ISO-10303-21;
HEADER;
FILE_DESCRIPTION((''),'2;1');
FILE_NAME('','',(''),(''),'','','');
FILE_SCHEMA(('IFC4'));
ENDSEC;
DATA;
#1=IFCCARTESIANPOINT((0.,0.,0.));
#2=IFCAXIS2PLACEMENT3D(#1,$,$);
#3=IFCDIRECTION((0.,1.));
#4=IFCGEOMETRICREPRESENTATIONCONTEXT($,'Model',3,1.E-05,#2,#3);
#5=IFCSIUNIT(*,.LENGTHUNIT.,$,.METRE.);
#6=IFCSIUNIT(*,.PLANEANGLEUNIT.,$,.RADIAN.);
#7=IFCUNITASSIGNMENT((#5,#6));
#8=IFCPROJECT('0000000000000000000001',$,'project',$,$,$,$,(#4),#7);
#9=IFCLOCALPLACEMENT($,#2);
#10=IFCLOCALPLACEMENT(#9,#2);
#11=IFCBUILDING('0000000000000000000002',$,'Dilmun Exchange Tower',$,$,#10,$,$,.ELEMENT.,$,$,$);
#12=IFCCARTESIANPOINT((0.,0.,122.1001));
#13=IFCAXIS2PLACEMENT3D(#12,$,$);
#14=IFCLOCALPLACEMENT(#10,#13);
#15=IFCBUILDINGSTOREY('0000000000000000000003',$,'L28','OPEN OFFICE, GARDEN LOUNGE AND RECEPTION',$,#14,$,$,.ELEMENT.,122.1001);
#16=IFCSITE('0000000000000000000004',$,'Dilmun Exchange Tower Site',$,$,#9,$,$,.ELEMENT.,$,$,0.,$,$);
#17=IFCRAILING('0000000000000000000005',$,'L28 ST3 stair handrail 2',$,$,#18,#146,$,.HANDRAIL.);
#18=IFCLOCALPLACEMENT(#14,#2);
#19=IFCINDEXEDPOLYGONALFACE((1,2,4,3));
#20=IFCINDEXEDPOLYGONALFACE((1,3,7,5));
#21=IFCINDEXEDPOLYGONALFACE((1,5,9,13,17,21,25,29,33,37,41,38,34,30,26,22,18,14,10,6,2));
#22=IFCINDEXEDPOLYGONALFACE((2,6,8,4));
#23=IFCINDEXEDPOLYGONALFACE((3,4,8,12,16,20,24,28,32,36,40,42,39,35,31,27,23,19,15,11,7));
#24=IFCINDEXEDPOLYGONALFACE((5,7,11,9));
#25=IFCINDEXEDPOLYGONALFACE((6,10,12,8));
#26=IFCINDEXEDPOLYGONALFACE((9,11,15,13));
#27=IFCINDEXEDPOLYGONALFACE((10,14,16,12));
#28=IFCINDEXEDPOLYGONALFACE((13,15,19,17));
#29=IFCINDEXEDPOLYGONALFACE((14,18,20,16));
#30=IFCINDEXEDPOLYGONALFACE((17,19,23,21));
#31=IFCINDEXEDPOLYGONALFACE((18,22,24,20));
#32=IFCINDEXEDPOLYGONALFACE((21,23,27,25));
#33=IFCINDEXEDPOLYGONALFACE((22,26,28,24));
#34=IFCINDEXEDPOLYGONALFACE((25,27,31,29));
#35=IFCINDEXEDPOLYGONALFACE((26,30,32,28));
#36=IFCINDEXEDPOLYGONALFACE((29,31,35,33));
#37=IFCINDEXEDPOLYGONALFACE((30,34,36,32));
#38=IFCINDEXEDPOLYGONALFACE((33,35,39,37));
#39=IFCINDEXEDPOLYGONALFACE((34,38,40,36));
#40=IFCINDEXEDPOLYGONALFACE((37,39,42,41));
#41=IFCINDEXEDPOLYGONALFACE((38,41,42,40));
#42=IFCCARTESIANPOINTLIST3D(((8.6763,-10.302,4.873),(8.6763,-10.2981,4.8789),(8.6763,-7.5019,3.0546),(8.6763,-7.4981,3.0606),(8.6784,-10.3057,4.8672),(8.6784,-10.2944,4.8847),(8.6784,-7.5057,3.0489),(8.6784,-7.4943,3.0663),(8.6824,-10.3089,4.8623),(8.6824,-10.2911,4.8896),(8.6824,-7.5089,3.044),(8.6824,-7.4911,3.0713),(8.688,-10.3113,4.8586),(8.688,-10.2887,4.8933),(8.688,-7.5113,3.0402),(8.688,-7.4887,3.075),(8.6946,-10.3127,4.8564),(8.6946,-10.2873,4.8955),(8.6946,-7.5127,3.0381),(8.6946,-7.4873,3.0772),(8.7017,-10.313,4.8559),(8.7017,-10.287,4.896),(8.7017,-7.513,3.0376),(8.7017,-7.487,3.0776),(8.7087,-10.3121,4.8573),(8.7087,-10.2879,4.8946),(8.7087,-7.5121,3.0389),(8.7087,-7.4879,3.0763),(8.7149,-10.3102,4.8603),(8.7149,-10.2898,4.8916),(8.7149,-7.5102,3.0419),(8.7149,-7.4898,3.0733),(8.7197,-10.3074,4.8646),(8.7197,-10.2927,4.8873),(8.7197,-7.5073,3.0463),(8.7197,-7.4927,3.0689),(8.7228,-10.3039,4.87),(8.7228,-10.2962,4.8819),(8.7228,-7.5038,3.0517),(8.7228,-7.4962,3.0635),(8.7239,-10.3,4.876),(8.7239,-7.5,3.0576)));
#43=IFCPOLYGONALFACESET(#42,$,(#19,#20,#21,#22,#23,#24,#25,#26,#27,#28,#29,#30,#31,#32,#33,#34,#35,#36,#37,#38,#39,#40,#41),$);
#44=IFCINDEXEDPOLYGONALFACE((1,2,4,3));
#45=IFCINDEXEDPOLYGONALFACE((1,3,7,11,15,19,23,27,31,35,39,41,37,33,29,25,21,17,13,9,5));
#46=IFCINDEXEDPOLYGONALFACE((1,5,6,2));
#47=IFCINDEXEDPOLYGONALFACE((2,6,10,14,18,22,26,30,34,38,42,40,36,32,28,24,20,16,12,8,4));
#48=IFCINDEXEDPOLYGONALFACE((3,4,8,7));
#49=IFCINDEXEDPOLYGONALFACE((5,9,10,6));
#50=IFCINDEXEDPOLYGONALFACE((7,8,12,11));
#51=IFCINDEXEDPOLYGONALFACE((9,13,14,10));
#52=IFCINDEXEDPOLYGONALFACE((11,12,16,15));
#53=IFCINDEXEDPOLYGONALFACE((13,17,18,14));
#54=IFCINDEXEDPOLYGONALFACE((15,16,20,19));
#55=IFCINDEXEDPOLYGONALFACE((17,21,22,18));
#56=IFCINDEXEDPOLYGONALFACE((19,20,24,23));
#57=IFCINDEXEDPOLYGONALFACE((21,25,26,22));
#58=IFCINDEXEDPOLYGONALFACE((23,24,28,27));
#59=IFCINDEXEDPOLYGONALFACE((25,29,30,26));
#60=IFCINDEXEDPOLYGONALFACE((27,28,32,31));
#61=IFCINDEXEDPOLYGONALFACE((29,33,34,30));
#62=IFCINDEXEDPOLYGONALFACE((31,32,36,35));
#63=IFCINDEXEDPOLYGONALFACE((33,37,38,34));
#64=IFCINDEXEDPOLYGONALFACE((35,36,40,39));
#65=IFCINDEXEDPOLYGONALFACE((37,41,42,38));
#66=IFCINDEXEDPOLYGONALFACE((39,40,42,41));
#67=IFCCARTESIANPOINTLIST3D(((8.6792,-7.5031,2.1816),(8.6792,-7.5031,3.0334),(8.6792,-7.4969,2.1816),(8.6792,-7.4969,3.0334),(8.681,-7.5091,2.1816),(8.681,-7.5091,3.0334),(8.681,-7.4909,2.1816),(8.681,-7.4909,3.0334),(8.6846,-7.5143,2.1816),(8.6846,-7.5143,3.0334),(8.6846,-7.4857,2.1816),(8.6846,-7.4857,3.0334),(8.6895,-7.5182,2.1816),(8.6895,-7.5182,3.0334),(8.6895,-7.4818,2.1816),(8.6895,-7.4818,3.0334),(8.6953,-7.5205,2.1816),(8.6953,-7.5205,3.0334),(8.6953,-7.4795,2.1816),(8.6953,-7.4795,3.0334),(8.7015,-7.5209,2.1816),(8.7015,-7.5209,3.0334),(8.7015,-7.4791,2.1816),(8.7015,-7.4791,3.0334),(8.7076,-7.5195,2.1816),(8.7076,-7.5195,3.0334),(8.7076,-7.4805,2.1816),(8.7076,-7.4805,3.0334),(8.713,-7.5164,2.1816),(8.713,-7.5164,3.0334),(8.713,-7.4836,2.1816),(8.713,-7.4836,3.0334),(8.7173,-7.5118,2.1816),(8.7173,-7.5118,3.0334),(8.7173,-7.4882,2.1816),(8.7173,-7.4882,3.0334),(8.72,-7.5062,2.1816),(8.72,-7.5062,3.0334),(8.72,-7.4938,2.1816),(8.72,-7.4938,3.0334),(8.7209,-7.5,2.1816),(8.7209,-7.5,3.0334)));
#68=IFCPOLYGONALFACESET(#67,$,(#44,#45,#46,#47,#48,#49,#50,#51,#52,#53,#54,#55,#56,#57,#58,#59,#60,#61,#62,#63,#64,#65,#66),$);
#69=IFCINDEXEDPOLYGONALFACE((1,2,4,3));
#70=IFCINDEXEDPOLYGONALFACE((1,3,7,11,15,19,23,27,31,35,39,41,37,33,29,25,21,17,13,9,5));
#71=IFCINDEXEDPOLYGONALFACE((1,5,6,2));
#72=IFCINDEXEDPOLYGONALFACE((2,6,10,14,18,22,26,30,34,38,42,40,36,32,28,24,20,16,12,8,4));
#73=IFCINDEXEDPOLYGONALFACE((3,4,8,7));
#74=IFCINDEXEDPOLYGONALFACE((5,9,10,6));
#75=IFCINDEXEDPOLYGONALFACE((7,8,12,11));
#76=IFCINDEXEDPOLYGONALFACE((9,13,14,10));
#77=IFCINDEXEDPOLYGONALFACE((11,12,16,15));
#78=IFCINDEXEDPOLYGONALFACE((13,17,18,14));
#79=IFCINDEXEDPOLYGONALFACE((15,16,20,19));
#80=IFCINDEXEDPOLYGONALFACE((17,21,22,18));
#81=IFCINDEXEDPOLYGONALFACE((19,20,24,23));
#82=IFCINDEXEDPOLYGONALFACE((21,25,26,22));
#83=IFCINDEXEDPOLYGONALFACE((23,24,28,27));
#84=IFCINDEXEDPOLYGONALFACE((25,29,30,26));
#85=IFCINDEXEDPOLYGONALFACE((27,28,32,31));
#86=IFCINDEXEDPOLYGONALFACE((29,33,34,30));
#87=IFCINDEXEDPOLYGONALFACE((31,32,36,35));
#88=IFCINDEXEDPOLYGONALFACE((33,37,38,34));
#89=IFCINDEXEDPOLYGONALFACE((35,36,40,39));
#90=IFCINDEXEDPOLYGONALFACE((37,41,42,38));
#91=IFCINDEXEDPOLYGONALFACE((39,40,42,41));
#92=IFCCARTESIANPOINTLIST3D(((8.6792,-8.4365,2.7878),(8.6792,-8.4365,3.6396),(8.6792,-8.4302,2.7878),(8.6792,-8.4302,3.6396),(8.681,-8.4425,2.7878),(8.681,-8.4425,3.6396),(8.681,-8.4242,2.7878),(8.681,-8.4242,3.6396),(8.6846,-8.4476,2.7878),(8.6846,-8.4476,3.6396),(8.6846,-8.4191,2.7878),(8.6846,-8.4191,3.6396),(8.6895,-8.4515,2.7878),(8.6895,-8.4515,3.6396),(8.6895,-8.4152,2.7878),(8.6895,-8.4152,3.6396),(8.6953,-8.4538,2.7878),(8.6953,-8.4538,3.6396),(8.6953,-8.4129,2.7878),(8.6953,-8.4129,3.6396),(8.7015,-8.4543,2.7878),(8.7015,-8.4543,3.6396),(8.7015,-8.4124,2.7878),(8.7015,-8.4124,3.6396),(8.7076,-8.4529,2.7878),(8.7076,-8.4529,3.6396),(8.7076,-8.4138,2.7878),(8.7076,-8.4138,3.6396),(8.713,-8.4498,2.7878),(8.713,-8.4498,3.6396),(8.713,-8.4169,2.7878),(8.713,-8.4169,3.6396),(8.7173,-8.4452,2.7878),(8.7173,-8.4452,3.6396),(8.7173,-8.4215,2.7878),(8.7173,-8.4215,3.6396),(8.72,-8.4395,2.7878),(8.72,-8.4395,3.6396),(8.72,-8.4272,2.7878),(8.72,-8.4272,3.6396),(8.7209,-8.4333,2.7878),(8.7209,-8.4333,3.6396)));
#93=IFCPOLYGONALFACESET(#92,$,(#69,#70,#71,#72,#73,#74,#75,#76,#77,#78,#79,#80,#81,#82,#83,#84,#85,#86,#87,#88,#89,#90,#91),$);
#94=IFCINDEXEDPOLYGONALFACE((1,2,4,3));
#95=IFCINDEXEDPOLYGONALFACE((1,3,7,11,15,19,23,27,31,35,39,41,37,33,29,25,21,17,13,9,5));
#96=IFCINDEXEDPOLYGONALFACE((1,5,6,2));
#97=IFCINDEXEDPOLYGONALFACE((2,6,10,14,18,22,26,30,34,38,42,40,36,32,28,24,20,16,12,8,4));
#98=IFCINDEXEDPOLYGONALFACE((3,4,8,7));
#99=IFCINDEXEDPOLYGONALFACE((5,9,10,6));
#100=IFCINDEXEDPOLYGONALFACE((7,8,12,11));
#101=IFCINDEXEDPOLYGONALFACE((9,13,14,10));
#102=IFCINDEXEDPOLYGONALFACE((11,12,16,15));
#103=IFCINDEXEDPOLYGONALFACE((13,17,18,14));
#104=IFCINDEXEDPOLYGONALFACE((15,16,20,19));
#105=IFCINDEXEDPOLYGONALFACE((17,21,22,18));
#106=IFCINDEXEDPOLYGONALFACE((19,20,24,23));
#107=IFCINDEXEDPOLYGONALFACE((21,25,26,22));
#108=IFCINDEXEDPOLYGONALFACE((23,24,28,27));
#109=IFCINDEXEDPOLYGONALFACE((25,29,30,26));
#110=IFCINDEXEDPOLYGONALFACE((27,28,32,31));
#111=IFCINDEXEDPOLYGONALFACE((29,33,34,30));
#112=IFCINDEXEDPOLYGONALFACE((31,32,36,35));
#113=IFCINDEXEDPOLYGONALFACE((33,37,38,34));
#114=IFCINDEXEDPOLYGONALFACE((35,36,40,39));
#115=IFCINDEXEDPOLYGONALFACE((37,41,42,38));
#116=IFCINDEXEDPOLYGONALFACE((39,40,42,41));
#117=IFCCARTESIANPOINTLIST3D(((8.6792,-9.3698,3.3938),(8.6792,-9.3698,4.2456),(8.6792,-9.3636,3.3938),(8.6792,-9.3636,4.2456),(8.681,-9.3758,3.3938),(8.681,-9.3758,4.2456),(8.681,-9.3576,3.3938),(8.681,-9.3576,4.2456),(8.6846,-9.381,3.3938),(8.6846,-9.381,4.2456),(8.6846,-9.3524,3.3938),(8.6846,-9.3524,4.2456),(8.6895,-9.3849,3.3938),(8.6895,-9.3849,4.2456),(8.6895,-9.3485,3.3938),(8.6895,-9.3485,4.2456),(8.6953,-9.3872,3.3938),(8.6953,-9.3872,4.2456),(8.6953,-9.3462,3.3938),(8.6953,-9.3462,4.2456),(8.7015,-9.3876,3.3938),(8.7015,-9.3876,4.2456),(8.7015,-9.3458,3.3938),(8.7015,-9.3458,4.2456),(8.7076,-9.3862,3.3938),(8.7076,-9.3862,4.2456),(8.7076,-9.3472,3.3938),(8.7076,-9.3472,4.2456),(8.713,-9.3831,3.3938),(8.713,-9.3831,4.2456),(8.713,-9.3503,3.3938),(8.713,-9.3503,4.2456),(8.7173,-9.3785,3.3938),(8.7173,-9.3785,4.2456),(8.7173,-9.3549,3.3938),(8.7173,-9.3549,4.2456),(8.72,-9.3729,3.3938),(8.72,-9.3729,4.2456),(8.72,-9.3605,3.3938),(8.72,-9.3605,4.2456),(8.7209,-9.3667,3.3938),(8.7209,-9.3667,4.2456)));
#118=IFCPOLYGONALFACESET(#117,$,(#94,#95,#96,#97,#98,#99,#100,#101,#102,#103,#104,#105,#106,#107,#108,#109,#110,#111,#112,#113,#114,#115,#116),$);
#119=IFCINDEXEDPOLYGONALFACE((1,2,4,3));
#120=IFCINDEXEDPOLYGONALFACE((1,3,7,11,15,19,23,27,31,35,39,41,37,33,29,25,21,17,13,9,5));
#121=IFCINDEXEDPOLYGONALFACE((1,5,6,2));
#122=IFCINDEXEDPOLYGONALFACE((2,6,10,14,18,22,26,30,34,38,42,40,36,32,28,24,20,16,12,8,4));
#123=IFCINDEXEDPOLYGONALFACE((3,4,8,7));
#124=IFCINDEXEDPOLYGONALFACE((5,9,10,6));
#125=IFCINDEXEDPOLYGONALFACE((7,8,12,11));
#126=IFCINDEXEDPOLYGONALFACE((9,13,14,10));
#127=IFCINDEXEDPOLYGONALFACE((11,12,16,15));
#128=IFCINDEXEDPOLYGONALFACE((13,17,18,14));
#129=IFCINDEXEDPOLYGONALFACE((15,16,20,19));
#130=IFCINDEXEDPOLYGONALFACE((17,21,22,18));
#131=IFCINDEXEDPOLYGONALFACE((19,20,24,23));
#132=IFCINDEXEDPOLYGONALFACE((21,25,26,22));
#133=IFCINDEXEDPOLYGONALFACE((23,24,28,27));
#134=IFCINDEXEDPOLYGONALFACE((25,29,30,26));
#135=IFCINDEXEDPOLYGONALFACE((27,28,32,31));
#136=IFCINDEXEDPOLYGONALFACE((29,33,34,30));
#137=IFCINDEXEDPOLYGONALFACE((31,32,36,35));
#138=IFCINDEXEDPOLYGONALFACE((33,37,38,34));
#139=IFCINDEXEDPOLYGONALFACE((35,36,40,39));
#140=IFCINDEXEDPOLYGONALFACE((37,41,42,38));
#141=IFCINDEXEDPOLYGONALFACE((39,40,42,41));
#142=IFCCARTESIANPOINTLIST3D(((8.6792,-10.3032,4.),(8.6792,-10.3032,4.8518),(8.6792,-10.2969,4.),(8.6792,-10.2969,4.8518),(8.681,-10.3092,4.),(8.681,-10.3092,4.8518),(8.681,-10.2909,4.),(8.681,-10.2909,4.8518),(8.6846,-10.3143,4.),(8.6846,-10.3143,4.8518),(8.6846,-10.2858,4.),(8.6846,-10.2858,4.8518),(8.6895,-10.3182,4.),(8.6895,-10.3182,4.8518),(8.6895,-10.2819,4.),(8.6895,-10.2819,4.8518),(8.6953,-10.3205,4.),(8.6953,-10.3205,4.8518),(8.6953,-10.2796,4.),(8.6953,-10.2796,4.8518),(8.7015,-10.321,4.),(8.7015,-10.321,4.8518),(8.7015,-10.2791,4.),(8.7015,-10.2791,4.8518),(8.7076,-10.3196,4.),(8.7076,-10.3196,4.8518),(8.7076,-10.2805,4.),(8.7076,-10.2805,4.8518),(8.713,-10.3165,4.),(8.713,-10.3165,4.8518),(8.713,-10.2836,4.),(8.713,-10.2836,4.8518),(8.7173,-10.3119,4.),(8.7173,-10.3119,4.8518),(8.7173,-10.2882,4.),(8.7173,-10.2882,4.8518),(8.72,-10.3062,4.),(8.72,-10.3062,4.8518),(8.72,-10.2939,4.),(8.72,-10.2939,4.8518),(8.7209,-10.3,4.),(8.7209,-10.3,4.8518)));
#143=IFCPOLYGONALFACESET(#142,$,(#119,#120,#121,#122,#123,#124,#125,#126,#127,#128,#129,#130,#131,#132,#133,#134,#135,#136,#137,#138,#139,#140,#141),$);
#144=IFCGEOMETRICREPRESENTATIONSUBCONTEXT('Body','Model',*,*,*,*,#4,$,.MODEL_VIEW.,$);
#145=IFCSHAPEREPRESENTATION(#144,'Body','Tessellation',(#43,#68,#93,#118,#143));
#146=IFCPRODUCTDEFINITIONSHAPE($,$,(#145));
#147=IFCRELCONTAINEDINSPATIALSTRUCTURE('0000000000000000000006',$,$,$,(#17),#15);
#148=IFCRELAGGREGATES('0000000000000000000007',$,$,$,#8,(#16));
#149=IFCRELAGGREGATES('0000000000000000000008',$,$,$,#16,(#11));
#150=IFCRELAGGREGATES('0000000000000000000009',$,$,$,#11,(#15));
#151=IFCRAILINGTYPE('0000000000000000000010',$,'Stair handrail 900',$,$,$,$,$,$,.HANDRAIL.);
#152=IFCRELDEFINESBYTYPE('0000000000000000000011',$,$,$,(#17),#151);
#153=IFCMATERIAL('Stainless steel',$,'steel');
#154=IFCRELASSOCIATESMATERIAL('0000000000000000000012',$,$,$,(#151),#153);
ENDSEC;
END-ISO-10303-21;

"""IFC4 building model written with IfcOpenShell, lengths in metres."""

from ifc_helpers import new_model, si_unit, direction, frame, origin, origin_2d, place, context, subcontext, project, spatial, circle, extrude, material, type_object, element, save


model = new_model("IFC4")

# Units and contexts
model_context = context("Model", 3, precision=1e-05, world=origin(), true_north=direction((0.0, 1.0)))
body_context = subcontext(model_context, "Body", "Model", "MODEL_VIEW")
ifc_project = project(units=[si_unit("LENGTHUNIT", "METRE"), si_unit("PLANEANGLEUNIT", "RADIAN")], contexts=[model_context])

# Site, building, storey
site_placement = place(None, origin())
site = spatial("IfcSite", under=ifc_project, at=site_placement, Name="Dilmun Exchange Tower Site", CompositionType="ELEMENT", RefElevation=0.0)
building_placement = place(site_placement, origin())
building = spatial("IfcBuilding", under=site, at=building_placement, Name="Dilmun Exchange Tower", CompositionType="ELEMENT")
storey_placement = place(building_placement, frame((0.0, 0.0, 122.1001)))
storey = spatial("IfcBuildingStorey", under=building, at=storey_placement, Name="L28", Description="OPEN OFFICE, GARDEN LOUNGE AND RECEPTION", CompositionType="ELEMENT", Elevation=122.1001)

# Railing
ifc_material_1 = material(Name="Stainless steel", Category="steel")
railing_type = type_object("IfcRailingType", Name="Stair handrail 900", PredefinedType="HANDRAIL", material=ifc_material_1)
railing_1_placement = place(storey_placement, frame((8.7, -7.5, 2.1816)))
element("IfcRailing", 1, at=railing_1_placement, inside=storey, type_object=railing_type, Name="L28 ST3 stair handrail 2", PredefinedType="HANDRAIL", context=body_context, shape_type="SweptSolid", body=[
    extrude(circle(Radius=0.0239, at=origin_2d()), frame((0.0, 0.0, 0.876), z_axis=(0.0, -0.838672, 0.544636), x_axis=(1.0, 0.0, 0.0)), (0.0, 0.0, 1.0), 3.3386),
    extrude(circle(Radius=0.021, at=origin_2d()), origin(), (0.0, 0.0, 1.0), 0.8518),
    extrude(circle(Radius=0.021, at=origin_2d()), frame((0.0, -0.9333, 0.6062)), (0.0, 0.0, 1.0), 0.8518),
    extrude(circle(Radius=0.021, at=origin_2d()), frame((0.0, -1.8667, 1.2122)), (0.0, 0.0, 1.0), 0.8518),
    extrude(circle(Radius=0.021, at=origin_2d()), frame((0.0, -2.8, 1.8184)), (0.0, 0.0, 1.0), 0.8518),
])

save(model, "model.ifc")
